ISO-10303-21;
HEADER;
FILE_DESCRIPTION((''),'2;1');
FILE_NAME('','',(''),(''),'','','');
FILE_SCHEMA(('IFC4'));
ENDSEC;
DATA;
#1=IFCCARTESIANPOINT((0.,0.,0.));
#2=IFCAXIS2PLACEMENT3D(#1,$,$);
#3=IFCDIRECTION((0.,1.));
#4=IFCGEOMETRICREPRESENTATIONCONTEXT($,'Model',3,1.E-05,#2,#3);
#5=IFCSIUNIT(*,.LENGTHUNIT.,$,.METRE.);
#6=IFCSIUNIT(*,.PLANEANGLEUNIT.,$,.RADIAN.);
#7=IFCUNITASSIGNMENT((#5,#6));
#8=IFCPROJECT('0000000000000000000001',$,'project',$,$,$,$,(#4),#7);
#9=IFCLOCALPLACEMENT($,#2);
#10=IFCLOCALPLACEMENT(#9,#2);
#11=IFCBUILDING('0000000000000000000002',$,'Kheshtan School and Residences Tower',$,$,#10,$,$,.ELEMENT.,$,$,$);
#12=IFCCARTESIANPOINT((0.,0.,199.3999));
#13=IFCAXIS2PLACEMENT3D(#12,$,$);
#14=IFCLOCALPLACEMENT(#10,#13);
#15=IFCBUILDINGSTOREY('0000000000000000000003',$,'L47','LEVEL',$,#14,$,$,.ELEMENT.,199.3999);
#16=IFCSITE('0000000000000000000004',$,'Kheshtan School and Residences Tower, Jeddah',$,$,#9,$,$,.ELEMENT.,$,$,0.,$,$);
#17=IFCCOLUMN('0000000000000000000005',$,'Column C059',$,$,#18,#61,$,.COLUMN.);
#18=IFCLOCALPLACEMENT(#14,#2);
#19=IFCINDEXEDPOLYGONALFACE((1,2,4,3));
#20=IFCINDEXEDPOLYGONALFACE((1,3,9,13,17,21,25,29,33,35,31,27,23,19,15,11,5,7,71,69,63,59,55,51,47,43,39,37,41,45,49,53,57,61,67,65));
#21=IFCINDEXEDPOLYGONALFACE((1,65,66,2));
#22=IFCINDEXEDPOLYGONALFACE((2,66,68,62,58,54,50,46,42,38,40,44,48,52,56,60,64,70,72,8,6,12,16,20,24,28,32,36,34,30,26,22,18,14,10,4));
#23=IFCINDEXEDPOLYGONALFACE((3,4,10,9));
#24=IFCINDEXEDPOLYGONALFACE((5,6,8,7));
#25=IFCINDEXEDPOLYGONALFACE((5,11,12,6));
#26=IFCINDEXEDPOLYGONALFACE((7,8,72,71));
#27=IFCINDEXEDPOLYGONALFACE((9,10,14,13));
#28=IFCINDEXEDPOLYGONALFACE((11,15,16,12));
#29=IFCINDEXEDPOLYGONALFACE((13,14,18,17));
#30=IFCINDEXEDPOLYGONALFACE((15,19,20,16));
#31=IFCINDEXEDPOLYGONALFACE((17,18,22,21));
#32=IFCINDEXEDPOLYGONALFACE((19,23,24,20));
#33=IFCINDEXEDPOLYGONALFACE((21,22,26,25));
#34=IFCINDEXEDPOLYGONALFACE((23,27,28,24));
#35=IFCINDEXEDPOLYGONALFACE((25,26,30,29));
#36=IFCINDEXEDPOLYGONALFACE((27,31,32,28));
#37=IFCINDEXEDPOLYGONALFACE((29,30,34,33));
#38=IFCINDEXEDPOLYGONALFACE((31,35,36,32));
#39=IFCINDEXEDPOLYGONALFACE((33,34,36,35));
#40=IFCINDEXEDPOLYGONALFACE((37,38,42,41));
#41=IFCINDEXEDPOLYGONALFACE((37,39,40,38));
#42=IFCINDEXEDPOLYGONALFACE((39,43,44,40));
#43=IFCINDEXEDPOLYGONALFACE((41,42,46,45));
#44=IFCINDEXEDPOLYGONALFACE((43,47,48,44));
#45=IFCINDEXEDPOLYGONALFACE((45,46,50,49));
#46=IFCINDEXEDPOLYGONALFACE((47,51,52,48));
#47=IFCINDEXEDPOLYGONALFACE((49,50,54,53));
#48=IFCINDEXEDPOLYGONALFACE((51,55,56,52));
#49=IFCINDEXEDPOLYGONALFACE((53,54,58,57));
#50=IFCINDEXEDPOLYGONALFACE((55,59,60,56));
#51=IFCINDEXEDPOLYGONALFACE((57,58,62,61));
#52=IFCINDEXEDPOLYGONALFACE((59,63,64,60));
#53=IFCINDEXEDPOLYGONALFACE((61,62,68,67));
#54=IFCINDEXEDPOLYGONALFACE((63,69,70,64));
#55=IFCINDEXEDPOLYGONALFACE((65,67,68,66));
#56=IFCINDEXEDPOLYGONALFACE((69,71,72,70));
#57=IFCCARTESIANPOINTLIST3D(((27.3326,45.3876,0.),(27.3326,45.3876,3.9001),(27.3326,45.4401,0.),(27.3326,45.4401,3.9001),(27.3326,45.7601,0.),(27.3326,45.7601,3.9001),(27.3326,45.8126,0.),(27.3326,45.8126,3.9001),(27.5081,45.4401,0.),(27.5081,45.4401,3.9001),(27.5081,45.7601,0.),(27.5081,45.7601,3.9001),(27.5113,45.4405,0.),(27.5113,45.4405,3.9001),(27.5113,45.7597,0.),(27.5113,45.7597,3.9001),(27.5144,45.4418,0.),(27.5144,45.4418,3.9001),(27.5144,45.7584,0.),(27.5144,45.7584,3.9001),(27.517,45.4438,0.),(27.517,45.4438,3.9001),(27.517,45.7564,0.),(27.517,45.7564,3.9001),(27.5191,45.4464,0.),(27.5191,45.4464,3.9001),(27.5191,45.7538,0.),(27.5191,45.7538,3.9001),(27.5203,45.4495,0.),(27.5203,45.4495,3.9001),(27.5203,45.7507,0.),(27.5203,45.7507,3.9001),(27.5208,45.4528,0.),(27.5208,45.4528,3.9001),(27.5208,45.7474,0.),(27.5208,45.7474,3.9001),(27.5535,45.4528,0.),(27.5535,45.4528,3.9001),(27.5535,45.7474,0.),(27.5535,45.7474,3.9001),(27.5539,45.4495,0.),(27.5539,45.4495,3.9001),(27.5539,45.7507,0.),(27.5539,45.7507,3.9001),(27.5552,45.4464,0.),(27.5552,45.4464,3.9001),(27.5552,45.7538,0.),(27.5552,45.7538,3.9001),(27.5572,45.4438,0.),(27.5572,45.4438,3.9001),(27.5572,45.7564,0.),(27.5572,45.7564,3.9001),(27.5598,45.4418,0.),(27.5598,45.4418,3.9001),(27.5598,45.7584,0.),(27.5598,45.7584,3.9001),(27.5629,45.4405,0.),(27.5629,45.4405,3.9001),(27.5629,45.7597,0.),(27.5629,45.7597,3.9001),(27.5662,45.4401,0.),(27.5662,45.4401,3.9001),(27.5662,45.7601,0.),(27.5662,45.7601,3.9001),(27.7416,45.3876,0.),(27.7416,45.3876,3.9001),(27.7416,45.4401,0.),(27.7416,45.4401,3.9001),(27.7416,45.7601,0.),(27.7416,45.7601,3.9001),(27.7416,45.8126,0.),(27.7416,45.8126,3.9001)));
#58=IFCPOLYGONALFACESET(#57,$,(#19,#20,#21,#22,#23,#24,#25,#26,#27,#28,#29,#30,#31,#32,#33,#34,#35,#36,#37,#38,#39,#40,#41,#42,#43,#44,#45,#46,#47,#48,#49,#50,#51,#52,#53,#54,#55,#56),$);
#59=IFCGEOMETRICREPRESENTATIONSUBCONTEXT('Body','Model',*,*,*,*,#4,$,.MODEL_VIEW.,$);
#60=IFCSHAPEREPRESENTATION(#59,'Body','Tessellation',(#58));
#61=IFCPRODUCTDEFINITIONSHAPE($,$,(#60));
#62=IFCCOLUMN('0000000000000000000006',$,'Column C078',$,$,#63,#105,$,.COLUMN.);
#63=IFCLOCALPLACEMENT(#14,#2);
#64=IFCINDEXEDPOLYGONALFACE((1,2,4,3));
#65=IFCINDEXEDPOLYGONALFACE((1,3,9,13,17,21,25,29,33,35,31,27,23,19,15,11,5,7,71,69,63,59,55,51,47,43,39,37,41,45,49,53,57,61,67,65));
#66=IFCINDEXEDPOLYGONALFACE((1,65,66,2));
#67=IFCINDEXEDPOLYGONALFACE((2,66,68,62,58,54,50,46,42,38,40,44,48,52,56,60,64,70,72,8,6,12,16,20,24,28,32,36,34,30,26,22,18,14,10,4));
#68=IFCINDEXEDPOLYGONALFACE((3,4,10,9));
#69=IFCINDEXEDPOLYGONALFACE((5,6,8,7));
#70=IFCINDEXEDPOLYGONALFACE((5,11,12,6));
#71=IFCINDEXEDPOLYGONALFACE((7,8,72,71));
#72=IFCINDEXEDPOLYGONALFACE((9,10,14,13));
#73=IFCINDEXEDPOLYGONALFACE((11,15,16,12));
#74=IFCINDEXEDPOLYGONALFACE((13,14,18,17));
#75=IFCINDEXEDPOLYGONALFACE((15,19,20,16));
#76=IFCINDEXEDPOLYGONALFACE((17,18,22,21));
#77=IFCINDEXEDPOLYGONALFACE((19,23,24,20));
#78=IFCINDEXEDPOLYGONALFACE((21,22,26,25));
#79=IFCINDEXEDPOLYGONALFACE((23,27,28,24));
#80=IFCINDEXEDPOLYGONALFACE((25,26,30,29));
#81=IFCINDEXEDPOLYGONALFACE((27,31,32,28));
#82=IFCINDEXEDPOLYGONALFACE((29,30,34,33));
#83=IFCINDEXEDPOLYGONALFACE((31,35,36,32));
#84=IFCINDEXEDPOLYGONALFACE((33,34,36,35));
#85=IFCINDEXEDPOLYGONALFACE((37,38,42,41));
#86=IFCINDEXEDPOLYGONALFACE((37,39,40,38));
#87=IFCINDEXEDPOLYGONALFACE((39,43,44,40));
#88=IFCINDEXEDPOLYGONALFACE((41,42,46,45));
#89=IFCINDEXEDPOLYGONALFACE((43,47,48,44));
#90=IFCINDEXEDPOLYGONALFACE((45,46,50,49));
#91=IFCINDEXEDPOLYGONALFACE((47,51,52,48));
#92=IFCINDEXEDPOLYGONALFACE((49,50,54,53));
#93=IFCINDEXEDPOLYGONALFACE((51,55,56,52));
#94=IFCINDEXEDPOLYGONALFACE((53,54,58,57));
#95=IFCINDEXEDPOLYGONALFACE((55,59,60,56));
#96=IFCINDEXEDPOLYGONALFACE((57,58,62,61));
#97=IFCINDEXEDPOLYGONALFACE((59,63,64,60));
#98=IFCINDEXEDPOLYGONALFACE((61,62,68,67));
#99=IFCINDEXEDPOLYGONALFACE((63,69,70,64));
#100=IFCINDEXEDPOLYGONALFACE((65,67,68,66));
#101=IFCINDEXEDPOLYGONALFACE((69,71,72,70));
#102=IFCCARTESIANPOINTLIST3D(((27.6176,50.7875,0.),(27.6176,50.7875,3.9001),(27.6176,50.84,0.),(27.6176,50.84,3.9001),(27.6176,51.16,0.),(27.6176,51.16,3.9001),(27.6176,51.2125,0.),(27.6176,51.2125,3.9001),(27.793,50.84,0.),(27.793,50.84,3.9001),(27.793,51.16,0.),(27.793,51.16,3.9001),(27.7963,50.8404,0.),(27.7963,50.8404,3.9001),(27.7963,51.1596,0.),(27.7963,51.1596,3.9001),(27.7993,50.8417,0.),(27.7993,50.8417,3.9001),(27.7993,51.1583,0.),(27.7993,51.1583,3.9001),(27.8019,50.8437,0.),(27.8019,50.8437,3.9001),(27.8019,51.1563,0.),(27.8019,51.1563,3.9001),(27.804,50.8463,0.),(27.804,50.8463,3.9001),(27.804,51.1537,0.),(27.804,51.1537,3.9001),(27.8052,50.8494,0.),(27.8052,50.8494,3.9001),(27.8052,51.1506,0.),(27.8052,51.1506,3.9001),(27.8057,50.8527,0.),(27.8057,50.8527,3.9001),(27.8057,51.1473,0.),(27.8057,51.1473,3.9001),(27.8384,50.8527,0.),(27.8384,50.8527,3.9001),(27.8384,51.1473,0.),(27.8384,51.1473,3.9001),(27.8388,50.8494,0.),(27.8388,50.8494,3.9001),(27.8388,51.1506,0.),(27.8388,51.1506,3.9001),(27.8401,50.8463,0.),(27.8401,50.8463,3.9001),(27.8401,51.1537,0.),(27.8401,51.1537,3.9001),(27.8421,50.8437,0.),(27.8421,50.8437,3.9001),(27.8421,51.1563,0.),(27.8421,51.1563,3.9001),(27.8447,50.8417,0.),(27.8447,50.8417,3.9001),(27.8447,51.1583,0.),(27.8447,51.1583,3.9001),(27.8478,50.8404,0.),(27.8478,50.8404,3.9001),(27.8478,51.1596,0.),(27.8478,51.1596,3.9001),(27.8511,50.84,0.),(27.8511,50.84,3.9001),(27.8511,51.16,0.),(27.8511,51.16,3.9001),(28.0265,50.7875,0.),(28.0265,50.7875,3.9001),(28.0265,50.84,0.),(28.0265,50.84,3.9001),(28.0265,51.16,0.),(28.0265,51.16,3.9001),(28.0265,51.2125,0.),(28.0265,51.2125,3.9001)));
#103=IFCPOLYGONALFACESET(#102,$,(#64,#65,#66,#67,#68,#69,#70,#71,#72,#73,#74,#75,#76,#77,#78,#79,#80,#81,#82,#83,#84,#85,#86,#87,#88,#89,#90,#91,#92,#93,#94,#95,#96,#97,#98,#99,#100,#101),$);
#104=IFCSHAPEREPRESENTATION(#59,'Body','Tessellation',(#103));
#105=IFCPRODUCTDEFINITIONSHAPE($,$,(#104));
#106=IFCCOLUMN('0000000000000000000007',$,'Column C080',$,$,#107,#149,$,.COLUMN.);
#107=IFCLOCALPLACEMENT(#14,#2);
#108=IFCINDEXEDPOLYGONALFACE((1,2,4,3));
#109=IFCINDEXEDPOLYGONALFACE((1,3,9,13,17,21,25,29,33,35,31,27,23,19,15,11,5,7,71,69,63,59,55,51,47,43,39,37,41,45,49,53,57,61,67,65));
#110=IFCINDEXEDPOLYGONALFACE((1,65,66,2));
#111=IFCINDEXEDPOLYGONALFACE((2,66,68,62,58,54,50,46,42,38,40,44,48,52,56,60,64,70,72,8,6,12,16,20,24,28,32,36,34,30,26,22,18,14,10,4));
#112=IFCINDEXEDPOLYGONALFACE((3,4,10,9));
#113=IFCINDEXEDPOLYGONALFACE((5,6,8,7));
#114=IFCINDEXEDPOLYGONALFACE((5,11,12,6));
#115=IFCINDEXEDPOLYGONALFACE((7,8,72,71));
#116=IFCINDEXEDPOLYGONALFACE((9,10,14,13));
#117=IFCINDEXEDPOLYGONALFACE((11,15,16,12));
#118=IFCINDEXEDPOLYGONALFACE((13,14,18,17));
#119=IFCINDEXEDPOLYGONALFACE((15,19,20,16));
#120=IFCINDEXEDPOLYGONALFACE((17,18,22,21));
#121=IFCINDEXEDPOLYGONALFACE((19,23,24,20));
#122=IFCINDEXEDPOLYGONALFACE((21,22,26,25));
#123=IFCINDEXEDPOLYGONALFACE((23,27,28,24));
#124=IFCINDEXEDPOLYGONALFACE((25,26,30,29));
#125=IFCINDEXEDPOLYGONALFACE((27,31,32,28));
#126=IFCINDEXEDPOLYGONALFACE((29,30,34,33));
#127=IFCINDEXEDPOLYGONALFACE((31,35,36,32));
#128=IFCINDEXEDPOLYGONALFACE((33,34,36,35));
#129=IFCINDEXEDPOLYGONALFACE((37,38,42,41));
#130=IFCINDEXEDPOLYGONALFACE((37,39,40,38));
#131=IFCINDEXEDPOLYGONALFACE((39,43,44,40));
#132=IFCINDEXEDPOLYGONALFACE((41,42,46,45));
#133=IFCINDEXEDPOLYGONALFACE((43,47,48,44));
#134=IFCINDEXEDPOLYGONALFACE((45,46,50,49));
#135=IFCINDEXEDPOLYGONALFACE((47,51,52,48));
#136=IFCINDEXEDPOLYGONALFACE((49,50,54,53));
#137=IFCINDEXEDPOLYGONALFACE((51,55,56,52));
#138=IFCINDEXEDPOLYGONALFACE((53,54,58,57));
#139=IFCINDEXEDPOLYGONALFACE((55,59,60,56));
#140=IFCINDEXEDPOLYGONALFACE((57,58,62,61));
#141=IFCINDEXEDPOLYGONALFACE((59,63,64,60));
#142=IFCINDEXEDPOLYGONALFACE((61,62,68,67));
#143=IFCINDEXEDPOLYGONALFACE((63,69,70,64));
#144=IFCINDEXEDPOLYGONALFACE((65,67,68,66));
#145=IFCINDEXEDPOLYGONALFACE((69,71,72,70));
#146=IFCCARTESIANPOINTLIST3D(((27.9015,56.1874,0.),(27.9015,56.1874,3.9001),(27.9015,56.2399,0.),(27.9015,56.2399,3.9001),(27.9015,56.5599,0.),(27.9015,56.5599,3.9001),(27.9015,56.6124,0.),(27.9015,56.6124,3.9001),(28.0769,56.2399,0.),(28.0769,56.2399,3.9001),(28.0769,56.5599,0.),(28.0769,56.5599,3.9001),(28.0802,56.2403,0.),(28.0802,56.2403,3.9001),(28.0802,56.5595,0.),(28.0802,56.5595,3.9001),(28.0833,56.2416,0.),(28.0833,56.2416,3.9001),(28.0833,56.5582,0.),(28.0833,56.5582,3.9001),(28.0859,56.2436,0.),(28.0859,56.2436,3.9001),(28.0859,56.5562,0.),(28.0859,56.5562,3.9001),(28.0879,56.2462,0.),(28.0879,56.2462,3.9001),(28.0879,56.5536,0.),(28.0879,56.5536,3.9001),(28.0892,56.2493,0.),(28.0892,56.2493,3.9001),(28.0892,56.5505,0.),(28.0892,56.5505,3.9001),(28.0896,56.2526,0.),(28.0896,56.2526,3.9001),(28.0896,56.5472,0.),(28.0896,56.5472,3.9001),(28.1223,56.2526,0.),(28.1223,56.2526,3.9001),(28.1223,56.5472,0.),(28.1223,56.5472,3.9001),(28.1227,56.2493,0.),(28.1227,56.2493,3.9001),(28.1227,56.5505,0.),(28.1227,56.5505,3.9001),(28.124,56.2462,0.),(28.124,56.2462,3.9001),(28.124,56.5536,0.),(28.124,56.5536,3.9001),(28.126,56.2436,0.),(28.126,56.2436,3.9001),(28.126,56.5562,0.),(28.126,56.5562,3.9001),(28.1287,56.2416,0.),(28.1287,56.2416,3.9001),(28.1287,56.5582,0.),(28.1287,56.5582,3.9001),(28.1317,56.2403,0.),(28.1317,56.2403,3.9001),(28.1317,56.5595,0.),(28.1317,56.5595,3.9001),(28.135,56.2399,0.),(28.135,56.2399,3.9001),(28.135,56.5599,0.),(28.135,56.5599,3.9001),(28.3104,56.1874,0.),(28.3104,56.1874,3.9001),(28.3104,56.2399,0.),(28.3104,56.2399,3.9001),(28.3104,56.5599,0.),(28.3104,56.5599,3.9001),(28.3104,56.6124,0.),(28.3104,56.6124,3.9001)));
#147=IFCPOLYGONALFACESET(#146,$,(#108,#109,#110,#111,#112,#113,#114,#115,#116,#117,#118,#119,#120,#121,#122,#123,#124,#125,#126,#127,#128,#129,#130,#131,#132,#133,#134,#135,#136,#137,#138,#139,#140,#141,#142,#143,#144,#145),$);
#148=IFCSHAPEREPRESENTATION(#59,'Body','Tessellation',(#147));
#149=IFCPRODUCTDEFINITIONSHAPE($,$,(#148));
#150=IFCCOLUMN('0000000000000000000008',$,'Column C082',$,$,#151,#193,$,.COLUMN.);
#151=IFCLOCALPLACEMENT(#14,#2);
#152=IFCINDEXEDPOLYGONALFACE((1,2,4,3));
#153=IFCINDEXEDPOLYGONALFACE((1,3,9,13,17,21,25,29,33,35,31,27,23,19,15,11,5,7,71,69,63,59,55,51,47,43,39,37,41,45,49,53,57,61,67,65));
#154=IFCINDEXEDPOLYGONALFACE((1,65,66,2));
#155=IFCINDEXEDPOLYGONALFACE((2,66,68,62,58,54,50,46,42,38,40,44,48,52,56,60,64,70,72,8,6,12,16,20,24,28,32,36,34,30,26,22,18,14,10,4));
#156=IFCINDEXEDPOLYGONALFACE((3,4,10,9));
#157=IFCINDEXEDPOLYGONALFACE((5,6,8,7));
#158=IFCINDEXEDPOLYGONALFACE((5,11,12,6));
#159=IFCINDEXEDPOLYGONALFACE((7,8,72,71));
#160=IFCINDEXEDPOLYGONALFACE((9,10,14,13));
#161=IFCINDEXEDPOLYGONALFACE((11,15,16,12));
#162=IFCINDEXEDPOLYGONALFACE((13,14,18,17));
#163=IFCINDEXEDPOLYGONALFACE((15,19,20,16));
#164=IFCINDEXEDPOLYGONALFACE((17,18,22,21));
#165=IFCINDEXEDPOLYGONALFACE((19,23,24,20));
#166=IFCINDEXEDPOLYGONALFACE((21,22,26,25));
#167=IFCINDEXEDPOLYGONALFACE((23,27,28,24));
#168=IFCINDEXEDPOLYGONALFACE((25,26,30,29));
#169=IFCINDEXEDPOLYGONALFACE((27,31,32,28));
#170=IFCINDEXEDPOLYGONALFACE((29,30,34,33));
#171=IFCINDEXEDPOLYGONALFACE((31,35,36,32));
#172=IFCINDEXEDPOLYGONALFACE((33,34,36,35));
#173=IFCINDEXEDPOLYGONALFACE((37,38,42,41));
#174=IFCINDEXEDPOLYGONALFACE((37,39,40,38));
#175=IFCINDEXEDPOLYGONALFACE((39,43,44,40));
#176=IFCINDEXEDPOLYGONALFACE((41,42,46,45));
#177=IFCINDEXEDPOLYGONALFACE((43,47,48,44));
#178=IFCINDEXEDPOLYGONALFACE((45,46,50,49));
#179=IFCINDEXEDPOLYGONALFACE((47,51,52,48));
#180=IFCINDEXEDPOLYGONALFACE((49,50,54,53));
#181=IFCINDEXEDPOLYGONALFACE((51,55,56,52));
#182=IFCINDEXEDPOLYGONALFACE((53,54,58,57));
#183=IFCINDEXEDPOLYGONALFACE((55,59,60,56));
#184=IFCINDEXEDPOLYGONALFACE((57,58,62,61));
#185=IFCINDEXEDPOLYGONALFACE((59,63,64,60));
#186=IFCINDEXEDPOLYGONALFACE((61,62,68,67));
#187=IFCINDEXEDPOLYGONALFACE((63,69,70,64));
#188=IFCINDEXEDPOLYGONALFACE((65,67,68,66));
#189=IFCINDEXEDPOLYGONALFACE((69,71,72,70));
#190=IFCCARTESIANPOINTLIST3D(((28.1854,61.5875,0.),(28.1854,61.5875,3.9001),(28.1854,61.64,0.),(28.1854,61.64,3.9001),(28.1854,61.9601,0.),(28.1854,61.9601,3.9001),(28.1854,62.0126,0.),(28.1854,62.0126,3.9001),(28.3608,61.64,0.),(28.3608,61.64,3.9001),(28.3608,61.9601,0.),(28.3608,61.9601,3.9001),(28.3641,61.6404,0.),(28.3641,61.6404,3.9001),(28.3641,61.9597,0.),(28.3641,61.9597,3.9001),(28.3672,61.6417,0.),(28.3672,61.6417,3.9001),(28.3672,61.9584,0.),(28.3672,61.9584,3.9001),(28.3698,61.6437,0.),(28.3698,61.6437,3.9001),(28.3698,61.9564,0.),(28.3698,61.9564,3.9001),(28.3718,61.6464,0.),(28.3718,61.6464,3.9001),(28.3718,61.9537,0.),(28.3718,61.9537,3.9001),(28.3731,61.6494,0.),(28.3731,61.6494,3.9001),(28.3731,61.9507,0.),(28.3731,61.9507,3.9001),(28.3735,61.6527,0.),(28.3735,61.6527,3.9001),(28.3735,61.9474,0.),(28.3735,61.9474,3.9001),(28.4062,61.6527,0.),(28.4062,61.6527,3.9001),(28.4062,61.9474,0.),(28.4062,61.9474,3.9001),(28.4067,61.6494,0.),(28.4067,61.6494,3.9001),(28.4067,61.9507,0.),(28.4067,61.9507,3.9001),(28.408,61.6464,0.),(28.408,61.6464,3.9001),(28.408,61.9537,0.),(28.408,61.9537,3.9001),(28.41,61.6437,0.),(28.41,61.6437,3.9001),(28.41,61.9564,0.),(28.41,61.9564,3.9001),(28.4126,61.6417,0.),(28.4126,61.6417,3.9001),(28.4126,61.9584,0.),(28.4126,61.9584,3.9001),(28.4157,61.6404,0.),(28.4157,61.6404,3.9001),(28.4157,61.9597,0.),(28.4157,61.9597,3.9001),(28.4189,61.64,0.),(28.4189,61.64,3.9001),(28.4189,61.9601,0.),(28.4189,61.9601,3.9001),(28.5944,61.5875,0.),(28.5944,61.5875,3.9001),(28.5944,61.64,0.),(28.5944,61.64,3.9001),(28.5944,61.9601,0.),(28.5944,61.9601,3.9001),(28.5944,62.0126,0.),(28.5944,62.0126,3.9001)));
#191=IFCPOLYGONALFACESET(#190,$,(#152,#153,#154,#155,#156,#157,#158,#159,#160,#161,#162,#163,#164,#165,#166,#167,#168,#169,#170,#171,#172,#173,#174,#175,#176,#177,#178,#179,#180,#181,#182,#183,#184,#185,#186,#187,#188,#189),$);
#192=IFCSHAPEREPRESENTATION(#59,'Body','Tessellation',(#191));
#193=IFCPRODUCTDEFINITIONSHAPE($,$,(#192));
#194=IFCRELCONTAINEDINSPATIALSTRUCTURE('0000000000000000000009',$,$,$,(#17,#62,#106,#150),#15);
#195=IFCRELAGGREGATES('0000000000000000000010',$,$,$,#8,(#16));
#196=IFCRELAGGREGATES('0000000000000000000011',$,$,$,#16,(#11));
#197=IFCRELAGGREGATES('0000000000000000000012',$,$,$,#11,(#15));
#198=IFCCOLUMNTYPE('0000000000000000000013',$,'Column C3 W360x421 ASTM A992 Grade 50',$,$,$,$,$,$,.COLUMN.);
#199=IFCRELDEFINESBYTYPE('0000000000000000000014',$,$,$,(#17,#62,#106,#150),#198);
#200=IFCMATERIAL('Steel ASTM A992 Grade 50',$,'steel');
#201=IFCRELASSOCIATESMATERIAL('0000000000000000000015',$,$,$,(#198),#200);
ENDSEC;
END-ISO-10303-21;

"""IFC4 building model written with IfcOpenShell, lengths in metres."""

from ifc_helpers import new_model, si_unit, direction, frame, origin, origin_2d, place, context, subcontext, project, spatial, i_section, extrude, material, material_profile, profile_set, type_object, element, save


model = new_model("IFC4")

# Units and contexts
model_context = context("Model", 3, precision=1e-05, world=origin(), true_north=direction((0.0, 1.0)))
body_context = subcontext(model_context, "Body", "Model", "MODEL_VIEW")
ifc_project = project(units=[si_unit("LENGTHUNIT", "METRE"), si_unit("PLANEANGLEUNIT", "RADIAN")], contexts=[model_context])

# Site, building, storey
site_placement = place(None, origin())
site = spatial("IfcSite", under=ifc_project, at=site_placement, Name="Kheshtan School and Residences Tower, Jeddah", CompositionType="ELEMENT", RefElevation=0.0)
building_placement = place(site_placement, origin())
building = spatial("IfcBuilding", under=site, at=building_placement, Name="Kheshtan School and Residences Tower", CompositionType="ELEMENT")
storey_placement = place(building_placement, frame((0.0, 0.0, 199.3999)))
storey = spatial("IfcBuildingStorey", under=building, at=storey_placement, Name="L47", Description="LEVEL", CompositionType="ELEMENT", Elevation=199.3999)

# Columns
ifc_material_1 = material(Name="Steel ASTM A992 Grade 50", Category="steel")
ifc_material_profile_1 = material_profile(ifc_material_1, i_section(OverallWidth=0.4089, OverallDepth=0.425, WebThickness=0.0327, FlangeThickness=0.0525, FilletRadius=0.0127, at=origin_2d()), Name="W360x421")
ifc_profile_set_1 = profile_set([ifc_material_profile_1], Name="Steel ASTM A992 Grade 50")
column_type = type_object("IfcColumnType", Name="Column C3 W360x421 ASTM A992 Grade 50", PredefinedType="COLUMN", material=ifc_profile_set_1)
for number, where, z_axis, x_axis, name in (
    (1, (27.5371, 45.6001, 0.0), (0.0, 0.0, 1.0), (1.0, 0.0, 0.0), "Column C059"),
    (2, (27.822, 51.0, 0.0), (0.0, 0.0, 1.0), (1.0, 0.0, 0.0), "Column C078"),
    (3, (28.106, 56.3999, 0.0), (0.0, 0.0, 1.0), (1.0, 0.0, 0.0), "Column C080"),
    (4, (28.3899, 61.8, 0.0), (0.0, 0.0, 1.0), (1.0, 0.0, 0.0), "Column C082"),
):
    element("IfcColumn", number, at=place(storey_placement, frame(where, z_axis=z_axis, x_axis=x_axis)), inside=storey, type_object=column_type, Name=name, PredefinedType="COLUMN", context=body_context, shape_type="SweptSolid", body=[
        extrude(i_section(OverallWidth=0.4089, OverallDepth=0.425, WebThickness=0.0327, FlangeThickness=0.0525, FilletRadius=0.0127, at=origin_2d()), origin(), (0.0, 0.0, 1.0), 3.9001),
    ])

save(model, "model.ifc")
